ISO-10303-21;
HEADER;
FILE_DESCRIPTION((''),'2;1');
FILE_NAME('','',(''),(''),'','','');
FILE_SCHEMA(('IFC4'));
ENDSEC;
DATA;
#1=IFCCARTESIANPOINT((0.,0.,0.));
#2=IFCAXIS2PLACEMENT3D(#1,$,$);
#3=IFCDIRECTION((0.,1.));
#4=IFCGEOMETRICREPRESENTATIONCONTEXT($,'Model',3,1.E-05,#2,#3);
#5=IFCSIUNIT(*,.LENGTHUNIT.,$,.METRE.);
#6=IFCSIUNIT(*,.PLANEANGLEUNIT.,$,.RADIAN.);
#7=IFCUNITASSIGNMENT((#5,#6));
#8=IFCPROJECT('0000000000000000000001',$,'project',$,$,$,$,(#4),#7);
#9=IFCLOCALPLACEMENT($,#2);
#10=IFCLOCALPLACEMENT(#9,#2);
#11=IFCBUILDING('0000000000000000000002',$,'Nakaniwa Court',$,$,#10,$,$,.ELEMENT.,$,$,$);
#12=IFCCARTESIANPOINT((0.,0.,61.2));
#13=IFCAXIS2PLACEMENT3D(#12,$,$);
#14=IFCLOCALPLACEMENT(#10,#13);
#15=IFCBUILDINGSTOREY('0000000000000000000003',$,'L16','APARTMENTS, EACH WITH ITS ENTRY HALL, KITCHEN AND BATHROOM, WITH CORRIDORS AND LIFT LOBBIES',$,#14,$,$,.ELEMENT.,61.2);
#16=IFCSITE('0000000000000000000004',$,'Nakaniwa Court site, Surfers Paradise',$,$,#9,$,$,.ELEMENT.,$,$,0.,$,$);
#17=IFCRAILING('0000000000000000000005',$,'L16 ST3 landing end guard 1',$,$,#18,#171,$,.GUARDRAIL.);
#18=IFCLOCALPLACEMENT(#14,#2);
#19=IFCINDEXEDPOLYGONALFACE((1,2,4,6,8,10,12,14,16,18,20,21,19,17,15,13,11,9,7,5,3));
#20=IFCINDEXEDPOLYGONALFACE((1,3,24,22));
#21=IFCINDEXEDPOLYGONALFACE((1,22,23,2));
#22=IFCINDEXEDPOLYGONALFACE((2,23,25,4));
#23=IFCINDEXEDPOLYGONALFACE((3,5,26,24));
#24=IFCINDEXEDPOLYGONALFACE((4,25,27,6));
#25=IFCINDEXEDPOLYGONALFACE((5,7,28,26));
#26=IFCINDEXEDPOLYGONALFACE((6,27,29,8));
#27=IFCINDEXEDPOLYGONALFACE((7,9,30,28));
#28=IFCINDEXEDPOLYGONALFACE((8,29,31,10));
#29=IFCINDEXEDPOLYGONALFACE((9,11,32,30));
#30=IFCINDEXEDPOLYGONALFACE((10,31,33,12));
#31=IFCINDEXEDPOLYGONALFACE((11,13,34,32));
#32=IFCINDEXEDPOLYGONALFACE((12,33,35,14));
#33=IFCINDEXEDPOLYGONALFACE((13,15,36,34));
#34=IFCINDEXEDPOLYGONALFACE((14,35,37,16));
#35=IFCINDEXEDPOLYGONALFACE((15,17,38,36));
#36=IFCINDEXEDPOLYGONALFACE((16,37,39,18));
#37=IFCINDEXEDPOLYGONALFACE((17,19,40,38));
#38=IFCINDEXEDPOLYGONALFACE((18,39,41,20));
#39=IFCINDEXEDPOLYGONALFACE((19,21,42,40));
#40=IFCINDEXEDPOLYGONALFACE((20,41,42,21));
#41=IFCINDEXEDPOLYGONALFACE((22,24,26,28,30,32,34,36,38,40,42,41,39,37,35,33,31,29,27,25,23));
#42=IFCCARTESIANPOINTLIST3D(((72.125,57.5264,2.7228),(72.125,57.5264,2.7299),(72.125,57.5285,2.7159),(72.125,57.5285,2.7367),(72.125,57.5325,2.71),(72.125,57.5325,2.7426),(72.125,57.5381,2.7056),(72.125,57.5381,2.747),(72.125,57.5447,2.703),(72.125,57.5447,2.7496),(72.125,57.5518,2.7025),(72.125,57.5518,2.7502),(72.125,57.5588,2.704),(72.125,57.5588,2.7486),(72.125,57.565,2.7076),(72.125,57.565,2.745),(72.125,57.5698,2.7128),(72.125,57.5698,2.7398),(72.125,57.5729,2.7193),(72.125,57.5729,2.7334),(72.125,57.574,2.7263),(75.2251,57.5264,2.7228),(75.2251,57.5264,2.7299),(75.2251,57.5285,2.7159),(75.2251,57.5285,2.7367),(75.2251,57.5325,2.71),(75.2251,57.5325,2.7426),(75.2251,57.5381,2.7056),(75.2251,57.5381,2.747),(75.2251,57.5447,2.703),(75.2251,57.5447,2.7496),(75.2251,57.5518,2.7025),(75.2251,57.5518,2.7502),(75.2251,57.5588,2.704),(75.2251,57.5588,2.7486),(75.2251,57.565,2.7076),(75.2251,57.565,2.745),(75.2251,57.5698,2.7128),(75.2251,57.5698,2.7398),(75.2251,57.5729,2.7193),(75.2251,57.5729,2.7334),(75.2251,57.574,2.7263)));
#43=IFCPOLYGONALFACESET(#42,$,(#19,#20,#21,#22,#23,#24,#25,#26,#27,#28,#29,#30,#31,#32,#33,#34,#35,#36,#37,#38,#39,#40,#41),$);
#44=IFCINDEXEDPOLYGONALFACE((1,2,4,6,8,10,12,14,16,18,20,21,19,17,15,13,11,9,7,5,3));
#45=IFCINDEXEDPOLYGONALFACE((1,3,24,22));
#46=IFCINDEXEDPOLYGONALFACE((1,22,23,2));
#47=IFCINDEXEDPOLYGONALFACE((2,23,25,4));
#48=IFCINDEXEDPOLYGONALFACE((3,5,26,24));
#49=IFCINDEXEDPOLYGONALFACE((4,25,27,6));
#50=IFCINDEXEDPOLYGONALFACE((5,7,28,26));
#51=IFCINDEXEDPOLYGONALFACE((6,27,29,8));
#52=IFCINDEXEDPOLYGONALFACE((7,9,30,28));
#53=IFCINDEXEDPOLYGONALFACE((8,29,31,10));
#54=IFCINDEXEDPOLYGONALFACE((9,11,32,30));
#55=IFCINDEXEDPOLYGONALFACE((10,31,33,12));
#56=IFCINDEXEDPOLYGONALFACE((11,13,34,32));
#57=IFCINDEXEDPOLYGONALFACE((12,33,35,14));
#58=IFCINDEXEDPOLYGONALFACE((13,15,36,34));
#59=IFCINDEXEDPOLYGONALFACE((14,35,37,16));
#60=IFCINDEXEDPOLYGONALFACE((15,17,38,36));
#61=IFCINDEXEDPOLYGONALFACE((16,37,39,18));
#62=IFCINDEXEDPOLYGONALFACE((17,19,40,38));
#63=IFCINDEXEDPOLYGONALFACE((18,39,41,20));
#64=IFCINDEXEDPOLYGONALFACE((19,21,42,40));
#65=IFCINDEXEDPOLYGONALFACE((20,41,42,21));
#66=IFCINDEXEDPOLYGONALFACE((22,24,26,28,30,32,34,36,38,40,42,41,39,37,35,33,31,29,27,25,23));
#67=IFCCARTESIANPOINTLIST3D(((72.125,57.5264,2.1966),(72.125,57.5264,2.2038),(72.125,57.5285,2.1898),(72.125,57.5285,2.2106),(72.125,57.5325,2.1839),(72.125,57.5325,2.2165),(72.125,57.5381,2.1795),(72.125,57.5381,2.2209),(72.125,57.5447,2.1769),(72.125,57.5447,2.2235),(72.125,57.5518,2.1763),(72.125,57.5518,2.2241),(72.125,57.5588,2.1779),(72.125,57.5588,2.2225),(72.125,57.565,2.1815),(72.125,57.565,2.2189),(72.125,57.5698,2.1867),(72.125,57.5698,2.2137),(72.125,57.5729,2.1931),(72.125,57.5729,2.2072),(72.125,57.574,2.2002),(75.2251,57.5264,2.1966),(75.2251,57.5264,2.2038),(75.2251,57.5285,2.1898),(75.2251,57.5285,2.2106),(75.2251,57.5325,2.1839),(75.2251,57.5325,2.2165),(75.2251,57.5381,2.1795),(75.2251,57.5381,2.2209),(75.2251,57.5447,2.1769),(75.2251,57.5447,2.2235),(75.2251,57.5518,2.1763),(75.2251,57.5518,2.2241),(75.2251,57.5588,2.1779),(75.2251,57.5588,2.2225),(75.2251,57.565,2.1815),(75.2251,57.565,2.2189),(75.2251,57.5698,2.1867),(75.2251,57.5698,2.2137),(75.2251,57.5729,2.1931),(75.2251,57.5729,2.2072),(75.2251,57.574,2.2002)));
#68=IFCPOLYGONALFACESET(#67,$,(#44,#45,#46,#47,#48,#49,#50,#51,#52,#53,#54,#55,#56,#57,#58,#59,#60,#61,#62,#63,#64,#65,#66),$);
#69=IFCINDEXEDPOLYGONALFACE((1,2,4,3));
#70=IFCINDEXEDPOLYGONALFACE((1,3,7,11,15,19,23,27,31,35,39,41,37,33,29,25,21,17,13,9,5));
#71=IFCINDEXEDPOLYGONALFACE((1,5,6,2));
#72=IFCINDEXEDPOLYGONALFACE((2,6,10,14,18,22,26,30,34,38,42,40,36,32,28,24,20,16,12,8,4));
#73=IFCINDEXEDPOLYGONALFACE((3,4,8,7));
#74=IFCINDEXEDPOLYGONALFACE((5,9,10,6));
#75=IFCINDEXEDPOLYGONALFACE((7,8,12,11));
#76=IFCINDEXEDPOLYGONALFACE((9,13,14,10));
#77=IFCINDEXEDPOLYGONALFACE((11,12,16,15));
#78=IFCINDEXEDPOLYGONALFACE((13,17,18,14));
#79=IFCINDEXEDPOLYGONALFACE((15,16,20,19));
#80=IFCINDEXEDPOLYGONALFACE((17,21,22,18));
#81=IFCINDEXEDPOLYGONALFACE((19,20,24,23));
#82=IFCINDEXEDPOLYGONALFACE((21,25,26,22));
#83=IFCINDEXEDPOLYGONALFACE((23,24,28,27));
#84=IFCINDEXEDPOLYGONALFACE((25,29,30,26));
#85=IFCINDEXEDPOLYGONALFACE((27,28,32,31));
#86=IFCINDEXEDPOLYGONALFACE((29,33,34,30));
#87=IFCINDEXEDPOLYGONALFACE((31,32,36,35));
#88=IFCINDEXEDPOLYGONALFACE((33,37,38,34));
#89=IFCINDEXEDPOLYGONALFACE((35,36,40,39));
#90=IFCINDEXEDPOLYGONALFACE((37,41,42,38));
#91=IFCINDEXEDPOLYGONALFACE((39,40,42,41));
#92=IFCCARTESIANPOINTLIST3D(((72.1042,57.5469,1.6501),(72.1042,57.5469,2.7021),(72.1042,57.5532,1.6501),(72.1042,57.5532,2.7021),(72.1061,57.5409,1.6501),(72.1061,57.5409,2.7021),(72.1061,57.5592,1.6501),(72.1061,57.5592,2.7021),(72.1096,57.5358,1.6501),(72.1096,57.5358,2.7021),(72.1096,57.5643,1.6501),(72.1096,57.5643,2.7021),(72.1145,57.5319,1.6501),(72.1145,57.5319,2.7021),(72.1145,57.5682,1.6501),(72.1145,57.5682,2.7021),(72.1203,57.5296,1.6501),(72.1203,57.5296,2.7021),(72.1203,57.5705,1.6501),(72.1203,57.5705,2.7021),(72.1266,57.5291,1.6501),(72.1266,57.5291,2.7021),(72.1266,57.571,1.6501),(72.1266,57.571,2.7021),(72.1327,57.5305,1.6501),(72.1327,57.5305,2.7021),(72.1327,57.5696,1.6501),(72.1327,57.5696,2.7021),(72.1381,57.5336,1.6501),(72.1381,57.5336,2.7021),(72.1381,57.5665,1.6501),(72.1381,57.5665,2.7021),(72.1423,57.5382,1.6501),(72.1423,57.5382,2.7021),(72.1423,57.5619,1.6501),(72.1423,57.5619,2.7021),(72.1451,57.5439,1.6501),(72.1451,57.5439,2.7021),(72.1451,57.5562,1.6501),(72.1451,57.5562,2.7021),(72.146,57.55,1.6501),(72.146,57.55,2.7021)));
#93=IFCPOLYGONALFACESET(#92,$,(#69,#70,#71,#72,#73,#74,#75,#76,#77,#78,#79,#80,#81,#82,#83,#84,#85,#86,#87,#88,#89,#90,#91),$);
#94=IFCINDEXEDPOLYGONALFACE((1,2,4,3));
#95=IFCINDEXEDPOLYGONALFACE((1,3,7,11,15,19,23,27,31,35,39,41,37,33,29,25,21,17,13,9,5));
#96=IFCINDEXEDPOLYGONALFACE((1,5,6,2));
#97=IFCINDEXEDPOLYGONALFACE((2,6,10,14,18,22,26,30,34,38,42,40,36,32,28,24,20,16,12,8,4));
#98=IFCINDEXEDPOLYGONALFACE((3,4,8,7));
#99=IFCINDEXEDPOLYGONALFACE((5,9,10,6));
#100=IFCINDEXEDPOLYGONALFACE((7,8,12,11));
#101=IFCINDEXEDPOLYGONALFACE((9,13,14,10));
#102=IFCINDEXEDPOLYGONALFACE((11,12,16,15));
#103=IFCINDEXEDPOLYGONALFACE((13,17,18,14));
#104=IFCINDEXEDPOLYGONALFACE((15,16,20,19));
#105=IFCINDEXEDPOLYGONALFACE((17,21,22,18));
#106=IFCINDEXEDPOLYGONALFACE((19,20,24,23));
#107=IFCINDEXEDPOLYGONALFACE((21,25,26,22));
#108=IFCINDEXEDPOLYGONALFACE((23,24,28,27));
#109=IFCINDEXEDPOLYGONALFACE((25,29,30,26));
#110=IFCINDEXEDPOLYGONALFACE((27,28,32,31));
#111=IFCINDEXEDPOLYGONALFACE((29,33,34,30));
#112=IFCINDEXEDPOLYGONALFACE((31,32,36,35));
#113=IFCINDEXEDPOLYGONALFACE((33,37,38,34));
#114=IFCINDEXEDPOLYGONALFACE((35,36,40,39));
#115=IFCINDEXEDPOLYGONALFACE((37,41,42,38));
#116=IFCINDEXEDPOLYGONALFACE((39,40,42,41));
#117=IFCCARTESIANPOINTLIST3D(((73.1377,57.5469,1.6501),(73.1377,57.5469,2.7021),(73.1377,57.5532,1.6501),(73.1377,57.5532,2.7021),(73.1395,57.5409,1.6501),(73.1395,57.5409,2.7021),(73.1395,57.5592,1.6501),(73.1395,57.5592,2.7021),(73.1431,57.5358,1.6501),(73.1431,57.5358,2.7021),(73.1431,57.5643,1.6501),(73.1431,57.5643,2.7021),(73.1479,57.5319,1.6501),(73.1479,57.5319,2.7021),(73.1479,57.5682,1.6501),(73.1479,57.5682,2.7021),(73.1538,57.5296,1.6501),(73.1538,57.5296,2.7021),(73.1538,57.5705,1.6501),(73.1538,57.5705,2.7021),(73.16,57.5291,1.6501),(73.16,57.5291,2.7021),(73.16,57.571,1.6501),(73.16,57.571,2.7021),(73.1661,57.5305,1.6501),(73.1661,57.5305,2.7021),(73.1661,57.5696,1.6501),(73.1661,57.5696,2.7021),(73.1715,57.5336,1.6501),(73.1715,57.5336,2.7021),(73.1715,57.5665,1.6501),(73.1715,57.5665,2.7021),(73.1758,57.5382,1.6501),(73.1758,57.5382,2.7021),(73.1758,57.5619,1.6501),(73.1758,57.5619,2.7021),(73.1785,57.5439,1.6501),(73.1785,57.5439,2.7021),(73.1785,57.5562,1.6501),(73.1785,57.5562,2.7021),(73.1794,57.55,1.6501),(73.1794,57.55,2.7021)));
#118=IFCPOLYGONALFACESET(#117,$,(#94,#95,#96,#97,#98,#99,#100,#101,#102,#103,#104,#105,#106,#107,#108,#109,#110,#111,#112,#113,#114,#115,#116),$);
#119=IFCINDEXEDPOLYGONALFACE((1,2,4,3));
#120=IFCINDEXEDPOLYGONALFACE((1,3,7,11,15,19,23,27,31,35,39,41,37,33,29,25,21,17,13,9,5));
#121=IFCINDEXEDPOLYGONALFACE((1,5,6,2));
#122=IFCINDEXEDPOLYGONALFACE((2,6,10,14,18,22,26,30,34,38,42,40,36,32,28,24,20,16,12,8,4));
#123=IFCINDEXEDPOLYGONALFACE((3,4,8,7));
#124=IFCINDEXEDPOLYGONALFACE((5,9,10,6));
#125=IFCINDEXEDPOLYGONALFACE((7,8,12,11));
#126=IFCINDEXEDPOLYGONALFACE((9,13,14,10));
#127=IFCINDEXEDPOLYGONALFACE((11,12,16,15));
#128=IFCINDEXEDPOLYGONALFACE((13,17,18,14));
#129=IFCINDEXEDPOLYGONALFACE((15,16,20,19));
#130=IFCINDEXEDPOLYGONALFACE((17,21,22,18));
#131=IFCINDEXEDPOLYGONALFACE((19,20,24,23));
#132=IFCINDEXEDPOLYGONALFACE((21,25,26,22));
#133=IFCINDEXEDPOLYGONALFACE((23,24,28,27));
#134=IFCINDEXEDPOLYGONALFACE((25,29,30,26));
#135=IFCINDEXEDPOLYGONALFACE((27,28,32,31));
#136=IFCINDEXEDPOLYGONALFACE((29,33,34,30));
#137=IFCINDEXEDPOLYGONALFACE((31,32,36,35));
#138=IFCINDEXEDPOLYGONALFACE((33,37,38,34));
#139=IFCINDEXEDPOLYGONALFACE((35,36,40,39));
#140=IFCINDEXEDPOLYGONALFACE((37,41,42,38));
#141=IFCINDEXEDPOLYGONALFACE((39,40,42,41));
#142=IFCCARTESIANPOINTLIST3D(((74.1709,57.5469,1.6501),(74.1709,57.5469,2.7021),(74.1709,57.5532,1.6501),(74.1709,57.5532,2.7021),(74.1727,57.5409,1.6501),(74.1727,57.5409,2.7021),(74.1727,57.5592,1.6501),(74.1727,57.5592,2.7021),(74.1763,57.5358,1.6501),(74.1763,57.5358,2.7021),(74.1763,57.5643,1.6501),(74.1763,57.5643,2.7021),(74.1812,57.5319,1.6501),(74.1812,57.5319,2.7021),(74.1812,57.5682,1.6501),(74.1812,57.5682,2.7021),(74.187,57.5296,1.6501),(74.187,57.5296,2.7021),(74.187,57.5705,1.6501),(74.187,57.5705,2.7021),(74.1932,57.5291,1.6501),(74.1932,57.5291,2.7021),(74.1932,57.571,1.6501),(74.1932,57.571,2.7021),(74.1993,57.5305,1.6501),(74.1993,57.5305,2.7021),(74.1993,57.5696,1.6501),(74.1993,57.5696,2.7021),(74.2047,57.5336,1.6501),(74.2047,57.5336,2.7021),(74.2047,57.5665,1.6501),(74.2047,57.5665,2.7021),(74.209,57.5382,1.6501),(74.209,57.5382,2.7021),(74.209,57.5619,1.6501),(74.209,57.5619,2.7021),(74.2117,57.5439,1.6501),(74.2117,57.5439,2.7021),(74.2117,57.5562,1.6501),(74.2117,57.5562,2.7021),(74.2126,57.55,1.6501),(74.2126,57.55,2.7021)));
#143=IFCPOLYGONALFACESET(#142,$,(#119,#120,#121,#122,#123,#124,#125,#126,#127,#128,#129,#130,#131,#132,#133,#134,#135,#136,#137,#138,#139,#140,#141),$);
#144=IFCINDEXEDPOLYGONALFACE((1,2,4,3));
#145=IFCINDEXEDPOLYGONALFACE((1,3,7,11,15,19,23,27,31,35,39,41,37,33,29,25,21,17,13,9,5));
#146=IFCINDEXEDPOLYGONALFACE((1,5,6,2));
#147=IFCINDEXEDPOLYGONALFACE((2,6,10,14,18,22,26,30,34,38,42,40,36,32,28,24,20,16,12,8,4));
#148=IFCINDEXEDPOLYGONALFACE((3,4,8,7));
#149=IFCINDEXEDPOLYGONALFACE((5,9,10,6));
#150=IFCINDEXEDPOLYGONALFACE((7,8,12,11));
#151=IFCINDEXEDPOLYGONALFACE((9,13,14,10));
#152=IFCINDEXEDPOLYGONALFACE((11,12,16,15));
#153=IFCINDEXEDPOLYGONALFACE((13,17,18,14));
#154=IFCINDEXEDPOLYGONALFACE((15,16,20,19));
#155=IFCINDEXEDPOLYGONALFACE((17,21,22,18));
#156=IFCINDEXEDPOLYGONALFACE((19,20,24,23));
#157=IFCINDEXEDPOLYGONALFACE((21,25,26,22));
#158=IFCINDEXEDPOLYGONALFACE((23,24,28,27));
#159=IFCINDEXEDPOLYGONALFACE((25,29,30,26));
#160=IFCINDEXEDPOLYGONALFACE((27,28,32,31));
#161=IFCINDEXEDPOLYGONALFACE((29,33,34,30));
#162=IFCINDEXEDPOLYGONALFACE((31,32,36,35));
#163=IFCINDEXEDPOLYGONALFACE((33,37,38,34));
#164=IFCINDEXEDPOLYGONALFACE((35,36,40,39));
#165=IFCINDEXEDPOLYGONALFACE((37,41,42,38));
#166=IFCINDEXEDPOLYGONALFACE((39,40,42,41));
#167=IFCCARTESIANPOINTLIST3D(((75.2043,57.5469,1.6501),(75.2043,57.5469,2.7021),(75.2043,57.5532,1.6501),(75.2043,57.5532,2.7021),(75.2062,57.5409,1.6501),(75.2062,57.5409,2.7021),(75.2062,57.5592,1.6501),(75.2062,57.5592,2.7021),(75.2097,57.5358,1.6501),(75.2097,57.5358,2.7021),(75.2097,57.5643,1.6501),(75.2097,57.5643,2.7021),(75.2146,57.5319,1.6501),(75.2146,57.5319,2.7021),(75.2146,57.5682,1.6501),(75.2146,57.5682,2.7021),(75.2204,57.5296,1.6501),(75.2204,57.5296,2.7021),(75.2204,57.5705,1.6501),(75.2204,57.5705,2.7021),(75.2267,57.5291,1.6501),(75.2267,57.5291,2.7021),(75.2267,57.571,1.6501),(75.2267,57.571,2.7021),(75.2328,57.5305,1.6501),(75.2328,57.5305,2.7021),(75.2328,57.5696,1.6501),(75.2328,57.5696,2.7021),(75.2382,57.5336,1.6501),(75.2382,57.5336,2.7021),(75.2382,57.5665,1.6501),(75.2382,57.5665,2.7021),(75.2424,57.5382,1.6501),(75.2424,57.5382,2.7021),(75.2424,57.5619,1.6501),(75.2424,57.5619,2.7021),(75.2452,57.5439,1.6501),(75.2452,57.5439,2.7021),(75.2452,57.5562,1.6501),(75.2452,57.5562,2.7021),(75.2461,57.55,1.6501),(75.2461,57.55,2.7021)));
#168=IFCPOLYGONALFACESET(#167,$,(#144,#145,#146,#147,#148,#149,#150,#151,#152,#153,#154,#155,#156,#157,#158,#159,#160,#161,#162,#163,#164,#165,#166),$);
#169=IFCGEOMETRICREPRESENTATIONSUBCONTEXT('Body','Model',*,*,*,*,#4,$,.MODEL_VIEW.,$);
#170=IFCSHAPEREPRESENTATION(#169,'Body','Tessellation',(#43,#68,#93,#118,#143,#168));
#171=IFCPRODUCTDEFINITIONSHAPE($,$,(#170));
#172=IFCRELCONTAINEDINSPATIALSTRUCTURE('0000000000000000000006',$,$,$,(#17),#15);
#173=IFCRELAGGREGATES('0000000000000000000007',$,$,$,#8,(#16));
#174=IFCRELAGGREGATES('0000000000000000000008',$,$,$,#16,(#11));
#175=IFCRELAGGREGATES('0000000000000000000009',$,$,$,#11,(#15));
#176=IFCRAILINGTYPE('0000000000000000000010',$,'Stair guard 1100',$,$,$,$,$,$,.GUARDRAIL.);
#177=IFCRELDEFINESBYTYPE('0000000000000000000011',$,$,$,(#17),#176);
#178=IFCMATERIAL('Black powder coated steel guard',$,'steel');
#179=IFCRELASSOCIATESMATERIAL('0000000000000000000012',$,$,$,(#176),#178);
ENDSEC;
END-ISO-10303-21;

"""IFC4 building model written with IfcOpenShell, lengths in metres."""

from ifc_helpers import new_model, si_unit, direction, frame, origin, origin_2d, place, context, subcontext, project, spatial, circle, extrude, material, type_object, element, save


model = new_model("IFC4")

# Units and contexts
model_context = context("Model", 3, precision=1e-05, world=origin(), true_north=direction((0.0, 1.0)))
body_context = subcontext(model_context, "Body", "Model", "MODEL_VIEW")
ifc_project = project(units=[si_unit("LENGTHUNIT", "METRE"), si_unit("PLANEANGLEUNIT", "RADIAN")], contexts=[model_context])

# Site, building, storey
site_placement = place(None, origin())
site = spatial("IfcSite", under=ifc_project, at=site_placement, Name="Nakaniwa Court site, Surfers Paradise", CompositionType="ELEMENT", RefElevation=0.0)
building_placement = place(site_placement, origin())
building = spatial("IfcBuilding", under=site, at=building_placement, Name="Nakaniwa Court", CompositionType="ELEMENT")
storey_placement = place(building_placement, frame((0.0, 0.0, 61.2)))
storey = spatial("IfcBuildingStorey", under=building, at=storey_placement, Name="L16", Description="APARTMENTS, EACH WITH ITS ENTRY HALL, KITCHEN AND BATHROOM, WITH CORRIDORS AND LIFT LOBBIES", CompositionType="ELEMENT", Elevation=61.2)

# Railing
ifc_material_1 = material(Name="Black powder coated steel guard", Category="steel")
railing_type_1 = type_object("IfcRailingType", Name="Stair guard 1100", PredefinedType="GUARDRAIL", material=ifc_material_1)
railing_1_placement = place(storey_placement, frame((72.125, 57.55, 1.6501)))
element("IfcRailing", 1, at=railing_1_placement, inside=storey, type_object=railing_type_1, Name="L16 ST3 landing end guard 1", PredefinedType="GUARDRAIL", context=body_context, shape_type="SweptSolid", body=[
    extrude(circle(Radius=0.0239, at=origin_2d()), frame((0.0, 0.0, 1.0762), z_axis=(1.0, 0.0, 0.0), x_axis=(0.0, 1.0, 0.0)), (0.0, 0.0, 1.0), 3.1001),
    extrude(circle(Radius=0.0239, at=origin_2d()), frame((0.0, 0.0, 0.55), z_axis=(1.0, 0.0, 0.0), x_axis=(0.0, 1.0, 0.0)), (0.0, 0.0, 1.0), 3.1001),
    extrude(circle(Radius=0.021, at=origin_2d()), origin(), (0.0, 0.0, 1.0), 1.052),
    extrude(circle(Radius=0.021, at=origin_2d()), frame((1.0334, 0.0, 0.0)), (0.0, 0.0, 1.0), 1.052),
    extrude(circle(Radius=0.021, at=origin_2d()), frame((2.0667, 0.0, 0.0)), (0.0, 0.0, 1.0), 1.052),
    extrude(circle(Radius=0.021, at=origin_2d()), frame((3.1001, 0.0, 0.0)), (0.0, 0.0, 1.0), 1.052),
])

save(model, "model.ifc")
